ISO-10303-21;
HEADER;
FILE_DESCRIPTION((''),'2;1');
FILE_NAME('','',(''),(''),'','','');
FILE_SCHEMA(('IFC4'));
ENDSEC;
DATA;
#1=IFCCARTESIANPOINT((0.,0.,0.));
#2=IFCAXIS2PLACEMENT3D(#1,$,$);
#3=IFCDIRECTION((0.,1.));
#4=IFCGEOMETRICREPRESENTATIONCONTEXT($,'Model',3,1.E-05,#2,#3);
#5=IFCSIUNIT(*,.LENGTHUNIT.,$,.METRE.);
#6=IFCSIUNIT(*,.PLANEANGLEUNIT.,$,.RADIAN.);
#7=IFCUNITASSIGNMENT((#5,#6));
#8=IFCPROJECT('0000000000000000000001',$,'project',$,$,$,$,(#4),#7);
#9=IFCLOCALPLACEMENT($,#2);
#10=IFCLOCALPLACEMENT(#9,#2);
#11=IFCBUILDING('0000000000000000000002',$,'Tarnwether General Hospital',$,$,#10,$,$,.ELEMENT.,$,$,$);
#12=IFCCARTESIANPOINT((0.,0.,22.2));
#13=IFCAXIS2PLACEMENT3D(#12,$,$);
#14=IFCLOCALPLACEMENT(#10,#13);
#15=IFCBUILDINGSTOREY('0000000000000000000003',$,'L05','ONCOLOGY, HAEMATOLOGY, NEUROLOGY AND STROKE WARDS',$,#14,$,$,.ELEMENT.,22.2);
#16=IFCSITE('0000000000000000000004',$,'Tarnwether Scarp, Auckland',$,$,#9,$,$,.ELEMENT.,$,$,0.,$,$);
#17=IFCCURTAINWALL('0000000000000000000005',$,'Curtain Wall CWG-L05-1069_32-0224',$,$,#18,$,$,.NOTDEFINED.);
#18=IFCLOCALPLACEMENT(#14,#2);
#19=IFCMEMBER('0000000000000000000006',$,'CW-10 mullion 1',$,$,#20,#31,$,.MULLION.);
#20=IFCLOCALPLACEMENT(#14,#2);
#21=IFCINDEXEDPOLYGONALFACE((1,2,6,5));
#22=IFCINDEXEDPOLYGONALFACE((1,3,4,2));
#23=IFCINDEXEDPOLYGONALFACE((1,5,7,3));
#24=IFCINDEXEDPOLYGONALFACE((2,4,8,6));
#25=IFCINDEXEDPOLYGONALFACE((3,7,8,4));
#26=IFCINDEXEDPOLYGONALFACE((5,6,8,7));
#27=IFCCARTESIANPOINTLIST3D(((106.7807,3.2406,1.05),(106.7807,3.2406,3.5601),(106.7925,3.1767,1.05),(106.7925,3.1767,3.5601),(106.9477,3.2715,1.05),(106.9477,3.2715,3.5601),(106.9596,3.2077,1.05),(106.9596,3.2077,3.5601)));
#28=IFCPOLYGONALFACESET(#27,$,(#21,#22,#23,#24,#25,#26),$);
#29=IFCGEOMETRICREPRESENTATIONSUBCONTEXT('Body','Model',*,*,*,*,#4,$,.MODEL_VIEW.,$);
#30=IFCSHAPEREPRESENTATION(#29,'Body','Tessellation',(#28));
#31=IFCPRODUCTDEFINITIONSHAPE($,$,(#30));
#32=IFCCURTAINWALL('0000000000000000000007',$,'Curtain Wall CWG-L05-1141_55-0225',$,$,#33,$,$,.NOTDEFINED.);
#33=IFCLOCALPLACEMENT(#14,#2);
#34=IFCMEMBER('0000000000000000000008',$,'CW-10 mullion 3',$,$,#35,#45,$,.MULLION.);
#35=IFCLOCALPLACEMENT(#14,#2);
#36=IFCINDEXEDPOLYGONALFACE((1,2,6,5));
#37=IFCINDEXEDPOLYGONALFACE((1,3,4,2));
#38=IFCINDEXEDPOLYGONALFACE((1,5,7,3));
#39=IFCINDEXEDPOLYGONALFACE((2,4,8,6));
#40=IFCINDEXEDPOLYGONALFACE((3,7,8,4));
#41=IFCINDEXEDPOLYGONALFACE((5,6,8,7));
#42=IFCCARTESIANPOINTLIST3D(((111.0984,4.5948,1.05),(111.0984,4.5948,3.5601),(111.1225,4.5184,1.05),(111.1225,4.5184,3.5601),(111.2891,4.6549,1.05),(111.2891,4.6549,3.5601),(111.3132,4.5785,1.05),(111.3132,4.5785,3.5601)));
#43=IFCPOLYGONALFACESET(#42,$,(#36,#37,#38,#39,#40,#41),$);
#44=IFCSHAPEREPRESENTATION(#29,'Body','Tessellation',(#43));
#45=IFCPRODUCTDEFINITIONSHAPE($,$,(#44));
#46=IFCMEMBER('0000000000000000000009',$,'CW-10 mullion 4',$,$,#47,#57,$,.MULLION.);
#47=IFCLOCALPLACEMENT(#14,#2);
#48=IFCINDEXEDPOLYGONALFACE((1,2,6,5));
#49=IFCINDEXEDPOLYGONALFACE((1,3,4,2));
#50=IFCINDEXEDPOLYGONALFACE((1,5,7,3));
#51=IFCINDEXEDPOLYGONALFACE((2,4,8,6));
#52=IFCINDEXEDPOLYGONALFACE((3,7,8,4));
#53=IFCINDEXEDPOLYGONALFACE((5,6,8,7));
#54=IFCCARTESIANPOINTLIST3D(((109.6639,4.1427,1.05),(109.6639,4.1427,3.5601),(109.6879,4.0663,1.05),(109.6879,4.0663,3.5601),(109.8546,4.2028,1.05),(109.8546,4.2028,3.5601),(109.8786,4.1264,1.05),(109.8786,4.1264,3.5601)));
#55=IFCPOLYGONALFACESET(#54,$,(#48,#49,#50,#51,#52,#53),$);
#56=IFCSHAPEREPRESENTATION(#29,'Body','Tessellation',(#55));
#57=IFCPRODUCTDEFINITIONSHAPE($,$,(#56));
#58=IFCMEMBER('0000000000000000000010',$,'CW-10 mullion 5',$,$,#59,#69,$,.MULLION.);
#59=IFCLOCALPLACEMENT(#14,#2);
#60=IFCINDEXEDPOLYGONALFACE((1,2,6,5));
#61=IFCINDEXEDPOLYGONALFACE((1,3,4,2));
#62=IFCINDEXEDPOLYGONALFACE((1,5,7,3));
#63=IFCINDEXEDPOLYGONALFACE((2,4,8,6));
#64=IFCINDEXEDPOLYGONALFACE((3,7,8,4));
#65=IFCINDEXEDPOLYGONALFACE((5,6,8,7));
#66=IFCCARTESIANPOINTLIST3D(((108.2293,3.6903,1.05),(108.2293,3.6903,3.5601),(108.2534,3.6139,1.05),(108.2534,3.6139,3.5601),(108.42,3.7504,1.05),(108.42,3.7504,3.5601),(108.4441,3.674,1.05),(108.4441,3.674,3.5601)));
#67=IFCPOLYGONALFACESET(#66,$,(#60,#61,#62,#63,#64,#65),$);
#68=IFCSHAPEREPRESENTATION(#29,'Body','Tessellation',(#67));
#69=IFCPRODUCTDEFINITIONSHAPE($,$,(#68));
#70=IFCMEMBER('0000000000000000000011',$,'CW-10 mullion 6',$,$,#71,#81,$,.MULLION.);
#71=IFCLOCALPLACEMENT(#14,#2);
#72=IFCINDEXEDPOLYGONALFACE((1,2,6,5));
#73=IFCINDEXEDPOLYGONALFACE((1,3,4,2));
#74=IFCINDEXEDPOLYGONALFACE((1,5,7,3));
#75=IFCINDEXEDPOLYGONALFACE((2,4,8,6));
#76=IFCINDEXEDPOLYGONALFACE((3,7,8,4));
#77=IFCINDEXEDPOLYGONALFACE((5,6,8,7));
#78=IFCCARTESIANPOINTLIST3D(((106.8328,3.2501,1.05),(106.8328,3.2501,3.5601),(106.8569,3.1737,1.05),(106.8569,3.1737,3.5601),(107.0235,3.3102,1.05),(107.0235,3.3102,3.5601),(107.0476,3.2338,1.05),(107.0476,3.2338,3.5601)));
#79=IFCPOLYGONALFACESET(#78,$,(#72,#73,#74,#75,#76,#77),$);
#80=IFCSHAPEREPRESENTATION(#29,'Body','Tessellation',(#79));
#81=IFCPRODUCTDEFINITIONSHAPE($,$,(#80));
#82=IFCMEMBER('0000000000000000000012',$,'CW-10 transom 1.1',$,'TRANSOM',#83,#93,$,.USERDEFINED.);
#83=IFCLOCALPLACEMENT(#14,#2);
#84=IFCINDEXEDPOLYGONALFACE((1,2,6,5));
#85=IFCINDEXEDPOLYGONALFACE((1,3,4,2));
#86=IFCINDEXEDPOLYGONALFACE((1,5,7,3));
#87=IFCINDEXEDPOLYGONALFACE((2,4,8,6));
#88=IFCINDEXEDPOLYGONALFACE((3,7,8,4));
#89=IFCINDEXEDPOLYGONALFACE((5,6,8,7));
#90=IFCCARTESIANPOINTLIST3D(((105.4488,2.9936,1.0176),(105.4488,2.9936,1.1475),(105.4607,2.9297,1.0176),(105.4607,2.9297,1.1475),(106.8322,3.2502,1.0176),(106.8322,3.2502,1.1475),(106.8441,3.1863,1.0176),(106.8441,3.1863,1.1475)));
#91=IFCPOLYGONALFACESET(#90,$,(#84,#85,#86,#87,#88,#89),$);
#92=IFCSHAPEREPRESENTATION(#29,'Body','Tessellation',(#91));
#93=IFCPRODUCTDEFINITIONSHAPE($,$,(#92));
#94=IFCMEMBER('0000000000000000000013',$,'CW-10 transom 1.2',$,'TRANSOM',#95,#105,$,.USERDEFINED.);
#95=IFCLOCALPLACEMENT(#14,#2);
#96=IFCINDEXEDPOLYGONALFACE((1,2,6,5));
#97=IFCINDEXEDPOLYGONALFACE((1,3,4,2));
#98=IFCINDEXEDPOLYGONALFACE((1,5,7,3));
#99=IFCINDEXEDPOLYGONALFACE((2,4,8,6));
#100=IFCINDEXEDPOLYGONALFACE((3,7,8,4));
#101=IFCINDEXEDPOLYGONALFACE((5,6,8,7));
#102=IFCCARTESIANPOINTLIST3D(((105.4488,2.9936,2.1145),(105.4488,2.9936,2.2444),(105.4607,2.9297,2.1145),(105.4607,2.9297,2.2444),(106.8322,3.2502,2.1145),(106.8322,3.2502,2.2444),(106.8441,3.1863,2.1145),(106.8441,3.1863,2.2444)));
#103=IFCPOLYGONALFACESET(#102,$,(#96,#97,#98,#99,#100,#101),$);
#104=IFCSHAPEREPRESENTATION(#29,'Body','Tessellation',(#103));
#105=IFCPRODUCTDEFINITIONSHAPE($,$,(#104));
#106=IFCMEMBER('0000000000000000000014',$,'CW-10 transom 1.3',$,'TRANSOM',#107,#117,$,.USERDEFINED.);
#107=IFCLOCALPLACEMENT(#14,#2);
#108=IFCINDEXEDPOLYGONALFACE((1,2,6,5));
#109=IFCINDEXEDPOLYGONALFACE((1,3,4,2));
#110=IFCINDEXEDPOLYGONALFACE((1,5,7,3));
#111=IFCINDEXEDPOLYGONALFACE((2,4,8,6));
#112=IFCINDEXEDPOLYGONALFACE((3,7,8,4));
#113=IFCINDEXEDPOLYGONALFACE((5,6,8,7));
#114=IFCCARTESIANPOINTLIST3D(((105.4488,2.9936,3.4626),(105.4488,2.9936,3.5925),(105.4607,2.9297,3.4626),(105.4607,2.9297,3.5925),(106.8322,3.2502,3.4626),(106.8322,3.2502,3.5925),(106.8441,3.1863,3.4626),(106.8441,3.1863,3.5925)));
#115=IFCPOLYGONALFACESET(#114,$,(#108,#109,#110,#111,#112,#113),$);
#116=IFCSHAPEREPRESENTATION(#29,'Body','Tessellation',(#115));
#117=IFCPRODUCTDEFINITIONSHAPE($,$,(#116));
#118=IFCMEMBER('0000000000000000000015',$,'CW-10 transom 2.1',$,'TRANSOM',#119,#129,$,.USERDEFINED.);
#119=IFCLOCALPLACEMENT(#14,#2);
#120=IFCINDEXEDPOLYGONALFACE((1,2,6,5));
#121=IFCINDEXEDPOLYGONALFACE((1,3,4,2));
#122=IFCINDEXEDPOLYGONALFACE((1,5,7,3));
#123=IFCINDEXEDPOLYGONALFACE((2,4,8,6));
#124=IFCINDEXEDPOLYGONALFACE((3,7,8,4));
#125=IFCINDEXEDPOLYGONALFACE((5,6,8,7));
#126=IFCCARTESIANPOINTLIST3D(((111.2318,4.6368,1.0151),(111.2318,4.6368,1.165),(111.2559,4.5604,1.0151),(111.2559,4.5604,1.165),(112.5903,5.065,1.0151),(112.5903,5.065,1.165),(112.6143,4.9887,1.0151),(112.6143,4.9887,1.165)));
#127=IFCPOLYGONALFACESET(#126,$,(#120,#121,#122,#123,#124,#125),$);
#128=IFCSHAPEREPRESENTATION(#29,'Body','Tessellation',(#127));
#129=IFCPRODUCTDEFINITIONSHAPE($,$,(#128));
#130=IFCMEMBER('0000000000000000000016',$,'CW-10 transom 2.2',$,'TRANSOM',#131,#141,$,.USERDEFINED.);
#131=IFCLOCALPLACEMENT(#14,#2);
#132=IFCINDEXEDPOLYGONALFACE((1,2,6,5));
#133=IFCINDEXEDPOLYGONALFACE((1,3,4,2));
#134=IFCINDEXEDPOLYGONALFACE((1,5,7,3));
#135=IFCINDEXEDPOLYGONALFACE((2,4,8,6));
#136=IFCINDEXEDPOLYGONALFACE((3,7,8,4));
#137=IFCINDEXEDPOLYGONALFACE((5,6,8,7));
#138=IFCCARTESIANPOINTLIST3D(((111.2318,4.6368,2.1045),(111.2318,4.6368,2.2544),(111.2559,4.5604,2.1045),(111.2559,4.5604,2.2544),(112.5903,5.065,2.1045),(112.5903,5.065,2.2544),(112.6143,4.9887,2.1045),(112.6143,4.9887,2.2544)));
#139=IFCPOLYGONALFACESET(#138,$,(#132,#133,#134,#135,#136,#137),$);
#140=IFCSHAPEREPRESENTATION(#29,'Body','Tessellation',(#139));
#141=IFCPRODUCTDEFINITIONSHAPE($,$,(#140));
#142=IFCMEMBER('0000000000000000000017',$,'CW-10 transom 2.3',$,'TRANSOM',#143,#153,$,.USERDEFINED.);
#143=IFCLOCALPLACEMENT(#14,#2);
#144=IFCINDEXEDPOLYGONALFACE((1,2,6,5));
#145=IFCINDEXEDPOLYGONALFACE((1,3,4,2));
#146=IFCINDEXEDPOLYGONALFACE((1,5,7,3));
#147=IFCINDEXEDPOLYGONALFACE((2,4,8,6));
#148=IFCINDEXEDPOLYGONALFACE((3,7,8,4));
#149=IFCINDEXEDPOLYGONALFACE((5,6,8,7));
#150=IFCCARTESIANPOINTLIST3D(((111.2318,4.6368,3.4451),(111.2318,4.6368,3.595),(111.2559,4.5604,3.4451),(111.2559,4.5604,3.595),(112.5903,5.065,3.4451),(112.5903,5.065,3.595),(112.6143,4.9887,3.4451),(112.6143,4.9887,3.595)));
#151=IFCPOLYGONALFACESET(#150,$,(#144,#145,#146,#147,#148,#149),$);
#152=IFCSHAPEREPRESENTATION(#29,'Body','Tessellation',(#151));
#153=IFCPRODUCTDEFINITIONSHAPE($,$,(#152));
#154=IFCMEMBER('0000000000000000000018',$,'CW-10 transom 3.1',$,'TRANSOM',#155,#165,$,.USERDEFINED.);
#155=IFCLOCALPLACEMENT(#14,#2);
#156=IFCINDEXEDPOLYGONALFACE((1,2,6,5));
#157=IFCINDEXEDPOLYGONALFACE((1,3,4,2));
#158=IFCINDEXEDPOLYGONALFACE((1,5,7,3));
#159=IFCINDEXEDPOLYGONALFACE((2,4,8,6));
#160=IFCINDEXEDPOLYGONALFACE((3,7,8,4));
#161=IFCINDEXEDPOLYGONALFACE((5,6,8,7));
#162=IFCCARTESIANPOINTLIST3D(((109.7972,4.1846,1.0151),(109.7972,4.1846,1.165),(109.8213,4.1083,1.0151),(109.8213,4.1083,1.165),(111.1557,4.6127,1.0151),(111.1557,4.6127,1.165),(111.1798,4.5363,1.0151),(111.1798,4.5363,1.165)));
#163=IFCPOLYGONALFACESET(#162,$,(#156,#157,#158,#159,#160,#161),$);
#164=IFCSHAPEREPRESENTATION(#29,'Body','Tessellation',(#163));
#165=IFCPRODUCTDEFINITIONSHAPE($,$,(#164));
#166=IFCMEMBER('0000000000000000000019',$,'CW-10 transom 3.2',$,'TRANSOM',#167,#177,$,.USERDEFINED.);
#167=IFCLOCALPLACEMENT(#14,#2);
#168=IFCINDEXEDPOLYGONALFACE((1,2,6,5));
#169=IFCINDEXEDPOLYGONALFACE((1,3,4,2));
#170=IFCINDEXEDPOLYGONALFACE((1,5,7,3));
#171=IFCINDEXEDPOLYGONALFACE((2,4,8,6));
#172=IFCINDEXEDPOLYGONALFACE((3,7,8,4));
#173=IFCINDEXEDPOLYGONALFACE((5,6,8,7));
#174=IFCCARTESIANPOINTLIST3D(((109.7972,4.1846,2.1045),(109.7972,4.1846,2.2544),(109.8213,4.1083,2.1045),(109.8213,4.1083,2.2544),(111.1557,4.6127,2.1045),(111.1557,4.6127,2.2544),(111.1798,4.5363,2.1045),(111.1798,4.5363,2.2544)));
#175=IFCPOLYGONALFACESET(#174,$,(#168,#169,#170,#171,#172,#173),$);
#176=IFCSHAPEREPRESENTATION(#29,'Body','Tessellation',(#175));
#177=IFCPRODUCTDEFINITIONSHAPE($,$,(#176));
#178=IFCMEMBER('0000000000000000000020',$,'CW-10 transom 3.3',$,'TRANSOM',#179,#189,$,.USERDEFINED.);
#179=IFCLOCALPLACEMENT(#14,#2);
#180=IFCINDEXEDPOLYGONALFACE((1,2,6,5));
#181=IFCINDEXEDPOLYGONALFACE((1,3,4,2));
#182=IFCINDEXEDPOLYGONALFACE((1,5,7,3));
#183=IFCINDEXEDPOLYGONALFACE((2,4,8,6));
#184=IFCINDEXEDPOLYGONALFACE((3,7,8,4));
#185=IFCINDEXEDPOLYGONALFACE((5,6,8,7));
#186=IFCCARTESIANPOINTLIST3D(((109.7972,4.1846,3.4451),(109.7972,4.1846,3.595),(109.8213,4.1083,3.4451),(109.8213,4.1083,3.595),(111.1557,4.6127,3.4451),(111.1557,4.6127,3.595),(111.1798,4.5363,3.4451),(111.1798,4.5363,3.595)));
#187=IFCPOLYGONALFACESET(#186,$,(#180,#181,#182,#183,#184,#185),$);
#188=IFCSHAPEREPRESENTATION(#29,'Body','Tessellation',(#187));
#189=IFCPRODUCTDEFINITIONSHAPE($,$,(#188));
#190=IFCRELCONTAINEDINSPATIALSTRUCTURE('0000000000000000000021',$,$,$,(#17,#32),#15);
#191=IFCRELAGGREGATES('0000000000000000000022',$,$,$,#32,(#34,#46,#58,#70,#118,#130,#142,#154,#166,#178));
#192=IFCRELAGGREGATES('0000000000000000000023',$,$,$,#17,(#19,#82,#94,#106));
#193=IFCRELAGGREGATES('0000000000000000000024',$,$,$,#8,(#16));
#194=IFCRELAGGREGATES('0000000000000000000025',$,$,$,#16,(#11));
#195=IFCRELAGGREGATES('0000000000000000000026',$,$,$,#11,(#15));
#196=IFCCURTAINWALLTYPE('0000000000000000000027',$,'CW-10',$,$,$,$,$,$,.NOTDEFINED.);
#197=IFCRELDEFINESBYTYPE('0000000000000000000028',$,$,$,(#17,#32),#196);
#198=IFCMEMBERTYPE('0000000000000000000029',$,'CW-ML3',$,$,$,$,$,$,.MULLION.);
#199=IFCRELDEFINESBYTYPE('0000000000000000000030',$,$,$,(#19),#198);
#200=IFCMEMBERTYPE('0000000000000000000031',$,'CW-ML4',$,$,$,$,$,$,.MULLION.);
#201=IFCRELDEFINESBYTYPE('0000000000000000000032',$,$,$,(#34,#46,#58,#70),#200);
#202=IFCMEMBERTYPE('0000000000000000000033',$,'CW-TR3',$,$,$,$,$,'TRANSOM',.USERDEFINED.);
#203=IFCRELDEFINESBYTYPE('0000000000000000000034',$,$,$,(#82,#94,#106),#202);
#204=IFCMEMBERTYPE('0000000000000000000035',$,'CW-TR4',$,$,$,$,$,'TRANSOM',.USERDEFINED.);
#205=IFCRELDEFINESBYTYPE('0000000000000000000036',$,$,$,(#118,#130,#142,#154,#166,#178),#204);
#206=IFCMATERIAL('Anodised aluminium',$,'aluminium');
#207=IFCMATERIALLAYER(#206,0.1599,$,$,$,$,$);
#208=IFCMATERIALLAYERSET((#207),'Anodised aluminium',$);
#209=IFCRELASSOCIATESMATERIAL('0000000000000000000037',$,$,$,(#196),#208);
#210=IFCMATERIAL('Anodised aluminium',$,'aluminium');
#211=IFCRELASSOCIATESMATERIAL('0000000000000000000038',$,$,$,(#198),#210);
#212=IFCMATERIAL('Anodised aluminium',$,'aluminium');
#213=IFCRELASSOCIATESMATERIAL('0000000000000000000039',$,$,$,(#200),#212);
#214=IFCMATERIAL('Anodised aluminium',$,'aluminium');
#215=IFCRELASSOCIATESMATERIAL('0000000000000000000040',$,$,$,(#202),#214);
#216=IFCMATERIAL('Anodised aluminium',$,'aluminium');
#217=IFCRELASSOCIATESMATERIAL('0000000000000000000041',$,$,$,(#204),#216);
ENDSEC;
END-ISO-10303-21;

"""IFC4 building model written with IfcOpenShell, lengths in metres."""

from ifc_helpers import new_model, si_unit, direction, frame, origin, origin_2d, place, context, subcontext, project, spatial, rectangle, extrude, material, layer, layer_set, material_profile, profile_set, type_object, element, aggregate, save


model = new_model("IFC4")

# Units and contexts
model_context = context("Model", 3, precision=1e-05, world=origin(), true_north=direction((0.0, 1.0)))
body_context = subcontext(model_context, "Body", "Model", "MODEL_VIEW")
ifc_project = project(units=[si_unit("LENGTHUNIT", "METRE"), si_unit("PLANEANGLEUNIT", "RADIAN")], contexts=[model_context])

# Site, building, storey
site_placement = place(None, origin())
site = spatial("IfcSite", under=ifc_project, at=site_placement, Name="Tarnwether Scarp, Auckland", CompositionType="ELEMENT", RefElevation=0.0)
building_placement = place(site_placement, origin())
building = spatial("IfcBuilding", under=site, at=building_placement, Name="Tarnwether General Hospital", CompositionType="ELEMENT")
storey_placement = place(building_placement, frame((0.0, 0.0, 22.2)))
storey = spatial("IfcBuildingStorey", under=building, at=storey_placement, Name="L05", Description="ONCOLOGY, HAEMATOLOGY, NEUROLOGY AND STROKE WARDS", CompositionType="ELEMENT", Elevation=22.2)

# Curtain wall, member
ifc_material_1 = material(Name="Anodised aluminium", Category="aluminium")
ifc_layer_1 = layer(ifc_material_1, 0.1599)
ifc_layer_set_1 = layer_set([ifc_layer_1], Name="Anodised aluminium")
curtain_wall_type = type_object("IfcCurtainWallType", Name="CW-10", PredefinedType="NOTDEFINED", material=ifc_layer_set_1)
curtain_wall_1_placement = place(storey_placement, origin())
curtain_wall_1 = element("IfcCurtainWall", 1, at=curtain_wall_1_placement, inside=storey, type_object=curtain_wall_type, Name="Curtain Wall CWG-L05-1069_32-0224", PredefinedType="NOTDEFINED")
ifc_material_2 = material(Name="Anodised aluminium", Category="aluminium")
ifc_material_profile_1 = material_profile(ifc_material_2, rectangle(XDim=0.0649, YDim=0.1699, at=origin_2d()), Name="ALU-MUL-65x170")
ifc_profile_set_1 = profile_set([ifc_material_profile_1], Name="Anodised aluminium")
member_type_1 = type_object("IfcMemberType", Name="CW-ML3", PredefinedType="MULLION", material=ifc_profile_set_1)
member_1_placement = place(storey_placement, frame((106.8701, 3.2241, 1.05), z_axis=(0.0, 0.0, 1.0), x_axis=(0.182289, -0.983245, 0.0)))
member_1 = element("IfcMember", 2, at=member_1_placement, type_object=member_type_1, Name="CW-10 mullion 1", PredefinedType="MULLION", context=body_context, shape_type="SweptSolid", body=[
    extrude(rectangle(XDim=0.0649, YDim=0.1699, at=origin_2d()), origin(), (0.0, 0.0, 1.0), 2.51),
])

# Curtain wall, members
curtain_wall_2_placement = place(storey_placement, origin())
curtain_wall_2 = element("IfcCurtainWall", 3, at=curtain_wall_2_placement, inside=storey, type_object=curtain_wall_type, Name="Curtain Wall CWG-L05-1141_55-0225", PredefinedType="NOTDEFINED")
ifc_material_3 = material(Name="Anodised aluminium", Category="aluminium")
ifc_material_profile_2 = material_profile(ifc_material_3, rectangle(XDim=0.0801, YDim=0.2, at=origin_2d()), Name="ALU-MUL-80x200")
ifc_profile_set_2 = profile_set([ifc_material_profile_2], Name="Anodised aluminium")
member_type_2 = type_object("IfcMemberType", Name="CW-ML4", PredefinedType="MULLION", material=ifc_profile_set_2)
member_2_placement = place(storey_placement, frame((111.2058, 4.5867, 1.05), z_axis=(0.0, 0.0, 1.0), x_axis=(0.300629, -0.953741, 0.0)))
member_2 = element("IfcMember", 4, at=member_2_placement, type_object=member_type_2, Name="CW-10 mullion 3", PredefinedType="MULLION", context=body_context, shape_type="SweptSolid", body=[
    extrude(rectangle(XDim=0.0801, YDim=0.2, at=origin_2d()), origin(), (0.0, 0.0, 1.0), 2.51),
])
member_3_placement = place(storey_placement, frame((109.7712, 4.1345, 1.05), z_axis=(0.0, 0.0, 1.0), x_axis=(0.300629, -0.953741, 0.0)))
member_3 = element("IfcMember", 5, at=member_3_placement, type_object=member_type_2, Name="CW-10 mullion 4", PredefinedType="MULLION", context=body_context, shape_type="SweptSolid", body=[
    extrude(rectangle(XDim=0.0801, YDim=0.2, at=origin_2d()), origin(), (0.0, 0.0, 1.0), 2.51),
])
member_4_placement = place(storey_placement, frame((108.3367, 3.6821, 1.05), z_axis=(0.0, 0.0, 1.0), x_axis=(0.300629, -0.953741, 0.0)))
member_4 = element("IfcMember", 6, at=member_4_placement, type_object=member_type_2, Name="CW-10 mullion 5", PredefinedType="MULLION", context=body_context, shape_type="SweptSolid", body=[
    extrude(rectangle(XDim=0.0801, YDim=0.2, at=origin_2d()), origin(), (0.0, 0.0, 1.0), 2.51),
])
member_5_placement = place(storey_placement, frame((106.9402, 3.2419, 1.05), z_axis=(0.0, 0.0, 1.0), x_axis=(0.300629, -0.953741, 0.0)))
member_5 = element("IfcMember", 7, at=member_5_placement, type_object=member_type_2, Name="CW-10 mullion 6", PredefinedType="MULLION", context=body_context, shape_type="SweptSolid", body=[
    extrude(rectangle(XDim=0.0801, YDim=0.2, at=origin_2d()), origin(), (0.0, 0.0, 1.0), 2.51),
])

# Members
ifc_material_4 = material(Name="Anodised aluminium", Category="aluminium")
ifc_material_profile_3 = material_profile(ifc_material_4, rectangle(XDim=0.0649, YDim=0.1299, at=origin_2d()), Name="ALU-TRN-65x130")
ifc_profile_set_3 = profile_set([ifc_material_profile_3], Name="Anodised aluminium")
member_type_3 = type_object("IfcMemberType", Name="CW-TR3", ElementType="TRANSOM", PredefinedType="USERDEFINED", material=ifc_profile_set_3)
member_6_placement = place(storey_placement, frame((106.8381, 3.2183, 1.0825), z_axis=(-0.983228, -0.182381, 0.0), x_axis=(0.182381, -0.983228, 0.0)))
member_6 = element("IfcMember", 8, at=member_6_placement, type_object=member_type_3, Name="CW-10 transom 1.1", ObjectType="TRANSOM", PredefinedType="USERDEFINED", context=body_context, shape_type="SweptSolid", body=[
    extrude(rectangle(XDim=0.0649, YDim=0.1299, at=origin_2d()), origin(), (0.0, 0.0, 1.0), 1.407),
])
member_7_placement = place(storey_placement, frame((106.8381, 3.2183, 2.1794), z_axis=(-0.983228, -0.182381, 0.0), x_axis=(0.182381, -0.983228, 0.0)))
member_7 = element("IfcMember", 9, at=member_7_placement, type_object=member_type_3, Name="CW-10 transom 1.2", ObjectType="TRANSOM", PredefinedType="USERDEFINED", context=body_context, shape_type="SweptSolid", body=[
    extrude(rectangle(XDim=0.0649, YDim=0.1299, at=origin_2d()), origin(), (0.0, 0.0, 1.0), 1.407),
])
member_8_placement = place(storey_placement, frame((106.8381, 3.2183, 3.5276), z_axis=(-0.983228, -0.182381, 0.0), x_axis=(0.182381, -0.983228, 0.0)))
member_8 = element("IfcMember", 10, at=member_8_placement, type_object=member_type_3, Name="CW-10 transom 1.3", ObjectType="TRANSOM", PredefinedType="USERDEFINED", context=body_context, shape_type="SweptSolid", body=[
    extrude(rectangle(XDim=0.0649, YDim=0.1299, at=origin_2d()), origin(), (0.0, 0.0, 1.0), 1.407),
])
ifc_material_5 = material(Name="Anodised aluminium", Category="aluminium")
ifc_material_profile_4 = material_profile(ifc_material_5, rectangle(XDim=0.0801, YDim=0.1499, at=origin_2d()), Name="ALU-TRN-80x150")
ifc_profile_set_4 = profile_set([ifc_material_profile_4], Name="Anodised aluminium")
member_type_4 = type_object("IfcMemberType", Name="CW-TR4", ElementType="TRANSOM", PredefinedType="USERDEFINED", material=ifc_profile_set_4)
member_9_placement = place(storey_placement, frame((112.6023, 5.0269, 1.0901), z_axis=(-0.953733, -0.300656, 0.0), x_axis=(0.300656, -0.953733, 0.0)))
member_9 = element("IfcMember", 11, at=member_9_placement, type_object=member_type_4, Name="CW-10 transom 2.1", ObjectType="TRANSOM", PredefinedType="USERDEFINED", context=body_context, shape_type="SweptSolid", body=[
    extrude(rectangle(XDim=0.0801, YDim=0.1499, at=origin_2d()), origin(), (0.0, 0.0, 1.0), 1.4243),
])
member_10_placement = place(storey_placement, frame((112.6023, 5.0269, 2.1794), z_axis=(-0.953733, -0.300656, 0.0), x_axis=(0.300656, -0.953733, 0.0)))
member_10 = element("IfcMember", 12, at=member_10_placement, type_object=member_type_4, Name="CW-10 transom 2.2", ObjectType="TRANSOM", PredefinedType="USERDEFINED", context=body_context, shape_type="SweptSolid", body=[
    extrude(rectangle(XDim=0.0801, YDim=0.1499, at=origin_2d()), origin(), (0.0, 0.0, 1.0), 1.4243),
])
member_11_placement = place(storey_placement, frame((112.6023, 5.0269, 3.52), z_axis=(-0.953733, -0.300656, 0.0), x_axis=(0.300656, -0.953733, 0.0)))
member_11 = element("IfcMember", 13, at=member_11_placement, type_object=member_type_4, Name="CW-10 transom 2.3", ObjectType="TRANSOM", PredefinedType="USERDEFINED", context=body_context, shape_type="SweptSolid", body=[
    extrude(rectangle(XDim=0.0801, YDim=0.1499, at=origin_2d()), origin(), (0.0, 0.0, 1.0), 1.4243),
])
member_12_placement = place(storey_placement, frame((111.1677, 4.5745, 1.0901), z_axis=(-0.953782, -0.3005, 0.0), x_axis=(0.3005, -0.953782, 0.0)))
member_12 = element("IfcMember", 14, at=member_12_placement, type_object=member_type_4, Name="CW-10 transom 3.1", ObjectType="TRANSOM", PredefinedType="USERDEFINED", context=body_context, shape_type="SweptSolid", body=[
    extrude(rectangle(XDim=0.0801, YDim=0.1499, at=origin_2d()), origin(), (0.0, 0.0, 1.0), 1.4243),
])
member_13_placement = place(storey_placement, frame((111.1677, 4.5745, 2.1794), z_axis=(-0.953782, -0.3005, 0.0), x_axis=(0.3005, -0.953782, 0.0)))
member_13 = element("IfcMember", 15, at=member_13_placement, type_object=member_type_4, Name="CW-10 transom 3.2", ObjectType="TRANSOM", PredefinedType="USERDEFINED", context=body_context, shape_type="SweptSolid", body=[
    extrude(rectangle(XDim=0.0801, YDim=0.1499, at=origin_2d()), origin(), (0.0, 0.0, 1.0), 1.4243),
])
member_14_placement = place(storey_placement, frame((111.1677, 4.5745, 3.52), z_axis=(-0.953782, -0.3005, 0.0), x_axis=(0.3005, -0.953782, 0.0)))
member_14 = element("IfcMember", 16, at=member_14_placement, type_object=member_type_4, Name="CW-10 transom 3.3", ObjectType="TRANSOM", PredefinedType="USERDEFINED", context=body_context, shape_type="SweptSolid", body=[
    extrude(rectangle(XDim=0.0801, YDim=0.1499, at=origin_2d()), origin(), (0.0, 0.0, 1.0), 1.4243),
])

aggregate(curtain_wall_2, [member_2, member_3, member_4, member_5, member_9, member_10, member_11, member_12, member_13, member_14])
aggregate(curtain_wall_1, [member_1, member_6, member_7, member_8])

save(model, "model.ifc")
